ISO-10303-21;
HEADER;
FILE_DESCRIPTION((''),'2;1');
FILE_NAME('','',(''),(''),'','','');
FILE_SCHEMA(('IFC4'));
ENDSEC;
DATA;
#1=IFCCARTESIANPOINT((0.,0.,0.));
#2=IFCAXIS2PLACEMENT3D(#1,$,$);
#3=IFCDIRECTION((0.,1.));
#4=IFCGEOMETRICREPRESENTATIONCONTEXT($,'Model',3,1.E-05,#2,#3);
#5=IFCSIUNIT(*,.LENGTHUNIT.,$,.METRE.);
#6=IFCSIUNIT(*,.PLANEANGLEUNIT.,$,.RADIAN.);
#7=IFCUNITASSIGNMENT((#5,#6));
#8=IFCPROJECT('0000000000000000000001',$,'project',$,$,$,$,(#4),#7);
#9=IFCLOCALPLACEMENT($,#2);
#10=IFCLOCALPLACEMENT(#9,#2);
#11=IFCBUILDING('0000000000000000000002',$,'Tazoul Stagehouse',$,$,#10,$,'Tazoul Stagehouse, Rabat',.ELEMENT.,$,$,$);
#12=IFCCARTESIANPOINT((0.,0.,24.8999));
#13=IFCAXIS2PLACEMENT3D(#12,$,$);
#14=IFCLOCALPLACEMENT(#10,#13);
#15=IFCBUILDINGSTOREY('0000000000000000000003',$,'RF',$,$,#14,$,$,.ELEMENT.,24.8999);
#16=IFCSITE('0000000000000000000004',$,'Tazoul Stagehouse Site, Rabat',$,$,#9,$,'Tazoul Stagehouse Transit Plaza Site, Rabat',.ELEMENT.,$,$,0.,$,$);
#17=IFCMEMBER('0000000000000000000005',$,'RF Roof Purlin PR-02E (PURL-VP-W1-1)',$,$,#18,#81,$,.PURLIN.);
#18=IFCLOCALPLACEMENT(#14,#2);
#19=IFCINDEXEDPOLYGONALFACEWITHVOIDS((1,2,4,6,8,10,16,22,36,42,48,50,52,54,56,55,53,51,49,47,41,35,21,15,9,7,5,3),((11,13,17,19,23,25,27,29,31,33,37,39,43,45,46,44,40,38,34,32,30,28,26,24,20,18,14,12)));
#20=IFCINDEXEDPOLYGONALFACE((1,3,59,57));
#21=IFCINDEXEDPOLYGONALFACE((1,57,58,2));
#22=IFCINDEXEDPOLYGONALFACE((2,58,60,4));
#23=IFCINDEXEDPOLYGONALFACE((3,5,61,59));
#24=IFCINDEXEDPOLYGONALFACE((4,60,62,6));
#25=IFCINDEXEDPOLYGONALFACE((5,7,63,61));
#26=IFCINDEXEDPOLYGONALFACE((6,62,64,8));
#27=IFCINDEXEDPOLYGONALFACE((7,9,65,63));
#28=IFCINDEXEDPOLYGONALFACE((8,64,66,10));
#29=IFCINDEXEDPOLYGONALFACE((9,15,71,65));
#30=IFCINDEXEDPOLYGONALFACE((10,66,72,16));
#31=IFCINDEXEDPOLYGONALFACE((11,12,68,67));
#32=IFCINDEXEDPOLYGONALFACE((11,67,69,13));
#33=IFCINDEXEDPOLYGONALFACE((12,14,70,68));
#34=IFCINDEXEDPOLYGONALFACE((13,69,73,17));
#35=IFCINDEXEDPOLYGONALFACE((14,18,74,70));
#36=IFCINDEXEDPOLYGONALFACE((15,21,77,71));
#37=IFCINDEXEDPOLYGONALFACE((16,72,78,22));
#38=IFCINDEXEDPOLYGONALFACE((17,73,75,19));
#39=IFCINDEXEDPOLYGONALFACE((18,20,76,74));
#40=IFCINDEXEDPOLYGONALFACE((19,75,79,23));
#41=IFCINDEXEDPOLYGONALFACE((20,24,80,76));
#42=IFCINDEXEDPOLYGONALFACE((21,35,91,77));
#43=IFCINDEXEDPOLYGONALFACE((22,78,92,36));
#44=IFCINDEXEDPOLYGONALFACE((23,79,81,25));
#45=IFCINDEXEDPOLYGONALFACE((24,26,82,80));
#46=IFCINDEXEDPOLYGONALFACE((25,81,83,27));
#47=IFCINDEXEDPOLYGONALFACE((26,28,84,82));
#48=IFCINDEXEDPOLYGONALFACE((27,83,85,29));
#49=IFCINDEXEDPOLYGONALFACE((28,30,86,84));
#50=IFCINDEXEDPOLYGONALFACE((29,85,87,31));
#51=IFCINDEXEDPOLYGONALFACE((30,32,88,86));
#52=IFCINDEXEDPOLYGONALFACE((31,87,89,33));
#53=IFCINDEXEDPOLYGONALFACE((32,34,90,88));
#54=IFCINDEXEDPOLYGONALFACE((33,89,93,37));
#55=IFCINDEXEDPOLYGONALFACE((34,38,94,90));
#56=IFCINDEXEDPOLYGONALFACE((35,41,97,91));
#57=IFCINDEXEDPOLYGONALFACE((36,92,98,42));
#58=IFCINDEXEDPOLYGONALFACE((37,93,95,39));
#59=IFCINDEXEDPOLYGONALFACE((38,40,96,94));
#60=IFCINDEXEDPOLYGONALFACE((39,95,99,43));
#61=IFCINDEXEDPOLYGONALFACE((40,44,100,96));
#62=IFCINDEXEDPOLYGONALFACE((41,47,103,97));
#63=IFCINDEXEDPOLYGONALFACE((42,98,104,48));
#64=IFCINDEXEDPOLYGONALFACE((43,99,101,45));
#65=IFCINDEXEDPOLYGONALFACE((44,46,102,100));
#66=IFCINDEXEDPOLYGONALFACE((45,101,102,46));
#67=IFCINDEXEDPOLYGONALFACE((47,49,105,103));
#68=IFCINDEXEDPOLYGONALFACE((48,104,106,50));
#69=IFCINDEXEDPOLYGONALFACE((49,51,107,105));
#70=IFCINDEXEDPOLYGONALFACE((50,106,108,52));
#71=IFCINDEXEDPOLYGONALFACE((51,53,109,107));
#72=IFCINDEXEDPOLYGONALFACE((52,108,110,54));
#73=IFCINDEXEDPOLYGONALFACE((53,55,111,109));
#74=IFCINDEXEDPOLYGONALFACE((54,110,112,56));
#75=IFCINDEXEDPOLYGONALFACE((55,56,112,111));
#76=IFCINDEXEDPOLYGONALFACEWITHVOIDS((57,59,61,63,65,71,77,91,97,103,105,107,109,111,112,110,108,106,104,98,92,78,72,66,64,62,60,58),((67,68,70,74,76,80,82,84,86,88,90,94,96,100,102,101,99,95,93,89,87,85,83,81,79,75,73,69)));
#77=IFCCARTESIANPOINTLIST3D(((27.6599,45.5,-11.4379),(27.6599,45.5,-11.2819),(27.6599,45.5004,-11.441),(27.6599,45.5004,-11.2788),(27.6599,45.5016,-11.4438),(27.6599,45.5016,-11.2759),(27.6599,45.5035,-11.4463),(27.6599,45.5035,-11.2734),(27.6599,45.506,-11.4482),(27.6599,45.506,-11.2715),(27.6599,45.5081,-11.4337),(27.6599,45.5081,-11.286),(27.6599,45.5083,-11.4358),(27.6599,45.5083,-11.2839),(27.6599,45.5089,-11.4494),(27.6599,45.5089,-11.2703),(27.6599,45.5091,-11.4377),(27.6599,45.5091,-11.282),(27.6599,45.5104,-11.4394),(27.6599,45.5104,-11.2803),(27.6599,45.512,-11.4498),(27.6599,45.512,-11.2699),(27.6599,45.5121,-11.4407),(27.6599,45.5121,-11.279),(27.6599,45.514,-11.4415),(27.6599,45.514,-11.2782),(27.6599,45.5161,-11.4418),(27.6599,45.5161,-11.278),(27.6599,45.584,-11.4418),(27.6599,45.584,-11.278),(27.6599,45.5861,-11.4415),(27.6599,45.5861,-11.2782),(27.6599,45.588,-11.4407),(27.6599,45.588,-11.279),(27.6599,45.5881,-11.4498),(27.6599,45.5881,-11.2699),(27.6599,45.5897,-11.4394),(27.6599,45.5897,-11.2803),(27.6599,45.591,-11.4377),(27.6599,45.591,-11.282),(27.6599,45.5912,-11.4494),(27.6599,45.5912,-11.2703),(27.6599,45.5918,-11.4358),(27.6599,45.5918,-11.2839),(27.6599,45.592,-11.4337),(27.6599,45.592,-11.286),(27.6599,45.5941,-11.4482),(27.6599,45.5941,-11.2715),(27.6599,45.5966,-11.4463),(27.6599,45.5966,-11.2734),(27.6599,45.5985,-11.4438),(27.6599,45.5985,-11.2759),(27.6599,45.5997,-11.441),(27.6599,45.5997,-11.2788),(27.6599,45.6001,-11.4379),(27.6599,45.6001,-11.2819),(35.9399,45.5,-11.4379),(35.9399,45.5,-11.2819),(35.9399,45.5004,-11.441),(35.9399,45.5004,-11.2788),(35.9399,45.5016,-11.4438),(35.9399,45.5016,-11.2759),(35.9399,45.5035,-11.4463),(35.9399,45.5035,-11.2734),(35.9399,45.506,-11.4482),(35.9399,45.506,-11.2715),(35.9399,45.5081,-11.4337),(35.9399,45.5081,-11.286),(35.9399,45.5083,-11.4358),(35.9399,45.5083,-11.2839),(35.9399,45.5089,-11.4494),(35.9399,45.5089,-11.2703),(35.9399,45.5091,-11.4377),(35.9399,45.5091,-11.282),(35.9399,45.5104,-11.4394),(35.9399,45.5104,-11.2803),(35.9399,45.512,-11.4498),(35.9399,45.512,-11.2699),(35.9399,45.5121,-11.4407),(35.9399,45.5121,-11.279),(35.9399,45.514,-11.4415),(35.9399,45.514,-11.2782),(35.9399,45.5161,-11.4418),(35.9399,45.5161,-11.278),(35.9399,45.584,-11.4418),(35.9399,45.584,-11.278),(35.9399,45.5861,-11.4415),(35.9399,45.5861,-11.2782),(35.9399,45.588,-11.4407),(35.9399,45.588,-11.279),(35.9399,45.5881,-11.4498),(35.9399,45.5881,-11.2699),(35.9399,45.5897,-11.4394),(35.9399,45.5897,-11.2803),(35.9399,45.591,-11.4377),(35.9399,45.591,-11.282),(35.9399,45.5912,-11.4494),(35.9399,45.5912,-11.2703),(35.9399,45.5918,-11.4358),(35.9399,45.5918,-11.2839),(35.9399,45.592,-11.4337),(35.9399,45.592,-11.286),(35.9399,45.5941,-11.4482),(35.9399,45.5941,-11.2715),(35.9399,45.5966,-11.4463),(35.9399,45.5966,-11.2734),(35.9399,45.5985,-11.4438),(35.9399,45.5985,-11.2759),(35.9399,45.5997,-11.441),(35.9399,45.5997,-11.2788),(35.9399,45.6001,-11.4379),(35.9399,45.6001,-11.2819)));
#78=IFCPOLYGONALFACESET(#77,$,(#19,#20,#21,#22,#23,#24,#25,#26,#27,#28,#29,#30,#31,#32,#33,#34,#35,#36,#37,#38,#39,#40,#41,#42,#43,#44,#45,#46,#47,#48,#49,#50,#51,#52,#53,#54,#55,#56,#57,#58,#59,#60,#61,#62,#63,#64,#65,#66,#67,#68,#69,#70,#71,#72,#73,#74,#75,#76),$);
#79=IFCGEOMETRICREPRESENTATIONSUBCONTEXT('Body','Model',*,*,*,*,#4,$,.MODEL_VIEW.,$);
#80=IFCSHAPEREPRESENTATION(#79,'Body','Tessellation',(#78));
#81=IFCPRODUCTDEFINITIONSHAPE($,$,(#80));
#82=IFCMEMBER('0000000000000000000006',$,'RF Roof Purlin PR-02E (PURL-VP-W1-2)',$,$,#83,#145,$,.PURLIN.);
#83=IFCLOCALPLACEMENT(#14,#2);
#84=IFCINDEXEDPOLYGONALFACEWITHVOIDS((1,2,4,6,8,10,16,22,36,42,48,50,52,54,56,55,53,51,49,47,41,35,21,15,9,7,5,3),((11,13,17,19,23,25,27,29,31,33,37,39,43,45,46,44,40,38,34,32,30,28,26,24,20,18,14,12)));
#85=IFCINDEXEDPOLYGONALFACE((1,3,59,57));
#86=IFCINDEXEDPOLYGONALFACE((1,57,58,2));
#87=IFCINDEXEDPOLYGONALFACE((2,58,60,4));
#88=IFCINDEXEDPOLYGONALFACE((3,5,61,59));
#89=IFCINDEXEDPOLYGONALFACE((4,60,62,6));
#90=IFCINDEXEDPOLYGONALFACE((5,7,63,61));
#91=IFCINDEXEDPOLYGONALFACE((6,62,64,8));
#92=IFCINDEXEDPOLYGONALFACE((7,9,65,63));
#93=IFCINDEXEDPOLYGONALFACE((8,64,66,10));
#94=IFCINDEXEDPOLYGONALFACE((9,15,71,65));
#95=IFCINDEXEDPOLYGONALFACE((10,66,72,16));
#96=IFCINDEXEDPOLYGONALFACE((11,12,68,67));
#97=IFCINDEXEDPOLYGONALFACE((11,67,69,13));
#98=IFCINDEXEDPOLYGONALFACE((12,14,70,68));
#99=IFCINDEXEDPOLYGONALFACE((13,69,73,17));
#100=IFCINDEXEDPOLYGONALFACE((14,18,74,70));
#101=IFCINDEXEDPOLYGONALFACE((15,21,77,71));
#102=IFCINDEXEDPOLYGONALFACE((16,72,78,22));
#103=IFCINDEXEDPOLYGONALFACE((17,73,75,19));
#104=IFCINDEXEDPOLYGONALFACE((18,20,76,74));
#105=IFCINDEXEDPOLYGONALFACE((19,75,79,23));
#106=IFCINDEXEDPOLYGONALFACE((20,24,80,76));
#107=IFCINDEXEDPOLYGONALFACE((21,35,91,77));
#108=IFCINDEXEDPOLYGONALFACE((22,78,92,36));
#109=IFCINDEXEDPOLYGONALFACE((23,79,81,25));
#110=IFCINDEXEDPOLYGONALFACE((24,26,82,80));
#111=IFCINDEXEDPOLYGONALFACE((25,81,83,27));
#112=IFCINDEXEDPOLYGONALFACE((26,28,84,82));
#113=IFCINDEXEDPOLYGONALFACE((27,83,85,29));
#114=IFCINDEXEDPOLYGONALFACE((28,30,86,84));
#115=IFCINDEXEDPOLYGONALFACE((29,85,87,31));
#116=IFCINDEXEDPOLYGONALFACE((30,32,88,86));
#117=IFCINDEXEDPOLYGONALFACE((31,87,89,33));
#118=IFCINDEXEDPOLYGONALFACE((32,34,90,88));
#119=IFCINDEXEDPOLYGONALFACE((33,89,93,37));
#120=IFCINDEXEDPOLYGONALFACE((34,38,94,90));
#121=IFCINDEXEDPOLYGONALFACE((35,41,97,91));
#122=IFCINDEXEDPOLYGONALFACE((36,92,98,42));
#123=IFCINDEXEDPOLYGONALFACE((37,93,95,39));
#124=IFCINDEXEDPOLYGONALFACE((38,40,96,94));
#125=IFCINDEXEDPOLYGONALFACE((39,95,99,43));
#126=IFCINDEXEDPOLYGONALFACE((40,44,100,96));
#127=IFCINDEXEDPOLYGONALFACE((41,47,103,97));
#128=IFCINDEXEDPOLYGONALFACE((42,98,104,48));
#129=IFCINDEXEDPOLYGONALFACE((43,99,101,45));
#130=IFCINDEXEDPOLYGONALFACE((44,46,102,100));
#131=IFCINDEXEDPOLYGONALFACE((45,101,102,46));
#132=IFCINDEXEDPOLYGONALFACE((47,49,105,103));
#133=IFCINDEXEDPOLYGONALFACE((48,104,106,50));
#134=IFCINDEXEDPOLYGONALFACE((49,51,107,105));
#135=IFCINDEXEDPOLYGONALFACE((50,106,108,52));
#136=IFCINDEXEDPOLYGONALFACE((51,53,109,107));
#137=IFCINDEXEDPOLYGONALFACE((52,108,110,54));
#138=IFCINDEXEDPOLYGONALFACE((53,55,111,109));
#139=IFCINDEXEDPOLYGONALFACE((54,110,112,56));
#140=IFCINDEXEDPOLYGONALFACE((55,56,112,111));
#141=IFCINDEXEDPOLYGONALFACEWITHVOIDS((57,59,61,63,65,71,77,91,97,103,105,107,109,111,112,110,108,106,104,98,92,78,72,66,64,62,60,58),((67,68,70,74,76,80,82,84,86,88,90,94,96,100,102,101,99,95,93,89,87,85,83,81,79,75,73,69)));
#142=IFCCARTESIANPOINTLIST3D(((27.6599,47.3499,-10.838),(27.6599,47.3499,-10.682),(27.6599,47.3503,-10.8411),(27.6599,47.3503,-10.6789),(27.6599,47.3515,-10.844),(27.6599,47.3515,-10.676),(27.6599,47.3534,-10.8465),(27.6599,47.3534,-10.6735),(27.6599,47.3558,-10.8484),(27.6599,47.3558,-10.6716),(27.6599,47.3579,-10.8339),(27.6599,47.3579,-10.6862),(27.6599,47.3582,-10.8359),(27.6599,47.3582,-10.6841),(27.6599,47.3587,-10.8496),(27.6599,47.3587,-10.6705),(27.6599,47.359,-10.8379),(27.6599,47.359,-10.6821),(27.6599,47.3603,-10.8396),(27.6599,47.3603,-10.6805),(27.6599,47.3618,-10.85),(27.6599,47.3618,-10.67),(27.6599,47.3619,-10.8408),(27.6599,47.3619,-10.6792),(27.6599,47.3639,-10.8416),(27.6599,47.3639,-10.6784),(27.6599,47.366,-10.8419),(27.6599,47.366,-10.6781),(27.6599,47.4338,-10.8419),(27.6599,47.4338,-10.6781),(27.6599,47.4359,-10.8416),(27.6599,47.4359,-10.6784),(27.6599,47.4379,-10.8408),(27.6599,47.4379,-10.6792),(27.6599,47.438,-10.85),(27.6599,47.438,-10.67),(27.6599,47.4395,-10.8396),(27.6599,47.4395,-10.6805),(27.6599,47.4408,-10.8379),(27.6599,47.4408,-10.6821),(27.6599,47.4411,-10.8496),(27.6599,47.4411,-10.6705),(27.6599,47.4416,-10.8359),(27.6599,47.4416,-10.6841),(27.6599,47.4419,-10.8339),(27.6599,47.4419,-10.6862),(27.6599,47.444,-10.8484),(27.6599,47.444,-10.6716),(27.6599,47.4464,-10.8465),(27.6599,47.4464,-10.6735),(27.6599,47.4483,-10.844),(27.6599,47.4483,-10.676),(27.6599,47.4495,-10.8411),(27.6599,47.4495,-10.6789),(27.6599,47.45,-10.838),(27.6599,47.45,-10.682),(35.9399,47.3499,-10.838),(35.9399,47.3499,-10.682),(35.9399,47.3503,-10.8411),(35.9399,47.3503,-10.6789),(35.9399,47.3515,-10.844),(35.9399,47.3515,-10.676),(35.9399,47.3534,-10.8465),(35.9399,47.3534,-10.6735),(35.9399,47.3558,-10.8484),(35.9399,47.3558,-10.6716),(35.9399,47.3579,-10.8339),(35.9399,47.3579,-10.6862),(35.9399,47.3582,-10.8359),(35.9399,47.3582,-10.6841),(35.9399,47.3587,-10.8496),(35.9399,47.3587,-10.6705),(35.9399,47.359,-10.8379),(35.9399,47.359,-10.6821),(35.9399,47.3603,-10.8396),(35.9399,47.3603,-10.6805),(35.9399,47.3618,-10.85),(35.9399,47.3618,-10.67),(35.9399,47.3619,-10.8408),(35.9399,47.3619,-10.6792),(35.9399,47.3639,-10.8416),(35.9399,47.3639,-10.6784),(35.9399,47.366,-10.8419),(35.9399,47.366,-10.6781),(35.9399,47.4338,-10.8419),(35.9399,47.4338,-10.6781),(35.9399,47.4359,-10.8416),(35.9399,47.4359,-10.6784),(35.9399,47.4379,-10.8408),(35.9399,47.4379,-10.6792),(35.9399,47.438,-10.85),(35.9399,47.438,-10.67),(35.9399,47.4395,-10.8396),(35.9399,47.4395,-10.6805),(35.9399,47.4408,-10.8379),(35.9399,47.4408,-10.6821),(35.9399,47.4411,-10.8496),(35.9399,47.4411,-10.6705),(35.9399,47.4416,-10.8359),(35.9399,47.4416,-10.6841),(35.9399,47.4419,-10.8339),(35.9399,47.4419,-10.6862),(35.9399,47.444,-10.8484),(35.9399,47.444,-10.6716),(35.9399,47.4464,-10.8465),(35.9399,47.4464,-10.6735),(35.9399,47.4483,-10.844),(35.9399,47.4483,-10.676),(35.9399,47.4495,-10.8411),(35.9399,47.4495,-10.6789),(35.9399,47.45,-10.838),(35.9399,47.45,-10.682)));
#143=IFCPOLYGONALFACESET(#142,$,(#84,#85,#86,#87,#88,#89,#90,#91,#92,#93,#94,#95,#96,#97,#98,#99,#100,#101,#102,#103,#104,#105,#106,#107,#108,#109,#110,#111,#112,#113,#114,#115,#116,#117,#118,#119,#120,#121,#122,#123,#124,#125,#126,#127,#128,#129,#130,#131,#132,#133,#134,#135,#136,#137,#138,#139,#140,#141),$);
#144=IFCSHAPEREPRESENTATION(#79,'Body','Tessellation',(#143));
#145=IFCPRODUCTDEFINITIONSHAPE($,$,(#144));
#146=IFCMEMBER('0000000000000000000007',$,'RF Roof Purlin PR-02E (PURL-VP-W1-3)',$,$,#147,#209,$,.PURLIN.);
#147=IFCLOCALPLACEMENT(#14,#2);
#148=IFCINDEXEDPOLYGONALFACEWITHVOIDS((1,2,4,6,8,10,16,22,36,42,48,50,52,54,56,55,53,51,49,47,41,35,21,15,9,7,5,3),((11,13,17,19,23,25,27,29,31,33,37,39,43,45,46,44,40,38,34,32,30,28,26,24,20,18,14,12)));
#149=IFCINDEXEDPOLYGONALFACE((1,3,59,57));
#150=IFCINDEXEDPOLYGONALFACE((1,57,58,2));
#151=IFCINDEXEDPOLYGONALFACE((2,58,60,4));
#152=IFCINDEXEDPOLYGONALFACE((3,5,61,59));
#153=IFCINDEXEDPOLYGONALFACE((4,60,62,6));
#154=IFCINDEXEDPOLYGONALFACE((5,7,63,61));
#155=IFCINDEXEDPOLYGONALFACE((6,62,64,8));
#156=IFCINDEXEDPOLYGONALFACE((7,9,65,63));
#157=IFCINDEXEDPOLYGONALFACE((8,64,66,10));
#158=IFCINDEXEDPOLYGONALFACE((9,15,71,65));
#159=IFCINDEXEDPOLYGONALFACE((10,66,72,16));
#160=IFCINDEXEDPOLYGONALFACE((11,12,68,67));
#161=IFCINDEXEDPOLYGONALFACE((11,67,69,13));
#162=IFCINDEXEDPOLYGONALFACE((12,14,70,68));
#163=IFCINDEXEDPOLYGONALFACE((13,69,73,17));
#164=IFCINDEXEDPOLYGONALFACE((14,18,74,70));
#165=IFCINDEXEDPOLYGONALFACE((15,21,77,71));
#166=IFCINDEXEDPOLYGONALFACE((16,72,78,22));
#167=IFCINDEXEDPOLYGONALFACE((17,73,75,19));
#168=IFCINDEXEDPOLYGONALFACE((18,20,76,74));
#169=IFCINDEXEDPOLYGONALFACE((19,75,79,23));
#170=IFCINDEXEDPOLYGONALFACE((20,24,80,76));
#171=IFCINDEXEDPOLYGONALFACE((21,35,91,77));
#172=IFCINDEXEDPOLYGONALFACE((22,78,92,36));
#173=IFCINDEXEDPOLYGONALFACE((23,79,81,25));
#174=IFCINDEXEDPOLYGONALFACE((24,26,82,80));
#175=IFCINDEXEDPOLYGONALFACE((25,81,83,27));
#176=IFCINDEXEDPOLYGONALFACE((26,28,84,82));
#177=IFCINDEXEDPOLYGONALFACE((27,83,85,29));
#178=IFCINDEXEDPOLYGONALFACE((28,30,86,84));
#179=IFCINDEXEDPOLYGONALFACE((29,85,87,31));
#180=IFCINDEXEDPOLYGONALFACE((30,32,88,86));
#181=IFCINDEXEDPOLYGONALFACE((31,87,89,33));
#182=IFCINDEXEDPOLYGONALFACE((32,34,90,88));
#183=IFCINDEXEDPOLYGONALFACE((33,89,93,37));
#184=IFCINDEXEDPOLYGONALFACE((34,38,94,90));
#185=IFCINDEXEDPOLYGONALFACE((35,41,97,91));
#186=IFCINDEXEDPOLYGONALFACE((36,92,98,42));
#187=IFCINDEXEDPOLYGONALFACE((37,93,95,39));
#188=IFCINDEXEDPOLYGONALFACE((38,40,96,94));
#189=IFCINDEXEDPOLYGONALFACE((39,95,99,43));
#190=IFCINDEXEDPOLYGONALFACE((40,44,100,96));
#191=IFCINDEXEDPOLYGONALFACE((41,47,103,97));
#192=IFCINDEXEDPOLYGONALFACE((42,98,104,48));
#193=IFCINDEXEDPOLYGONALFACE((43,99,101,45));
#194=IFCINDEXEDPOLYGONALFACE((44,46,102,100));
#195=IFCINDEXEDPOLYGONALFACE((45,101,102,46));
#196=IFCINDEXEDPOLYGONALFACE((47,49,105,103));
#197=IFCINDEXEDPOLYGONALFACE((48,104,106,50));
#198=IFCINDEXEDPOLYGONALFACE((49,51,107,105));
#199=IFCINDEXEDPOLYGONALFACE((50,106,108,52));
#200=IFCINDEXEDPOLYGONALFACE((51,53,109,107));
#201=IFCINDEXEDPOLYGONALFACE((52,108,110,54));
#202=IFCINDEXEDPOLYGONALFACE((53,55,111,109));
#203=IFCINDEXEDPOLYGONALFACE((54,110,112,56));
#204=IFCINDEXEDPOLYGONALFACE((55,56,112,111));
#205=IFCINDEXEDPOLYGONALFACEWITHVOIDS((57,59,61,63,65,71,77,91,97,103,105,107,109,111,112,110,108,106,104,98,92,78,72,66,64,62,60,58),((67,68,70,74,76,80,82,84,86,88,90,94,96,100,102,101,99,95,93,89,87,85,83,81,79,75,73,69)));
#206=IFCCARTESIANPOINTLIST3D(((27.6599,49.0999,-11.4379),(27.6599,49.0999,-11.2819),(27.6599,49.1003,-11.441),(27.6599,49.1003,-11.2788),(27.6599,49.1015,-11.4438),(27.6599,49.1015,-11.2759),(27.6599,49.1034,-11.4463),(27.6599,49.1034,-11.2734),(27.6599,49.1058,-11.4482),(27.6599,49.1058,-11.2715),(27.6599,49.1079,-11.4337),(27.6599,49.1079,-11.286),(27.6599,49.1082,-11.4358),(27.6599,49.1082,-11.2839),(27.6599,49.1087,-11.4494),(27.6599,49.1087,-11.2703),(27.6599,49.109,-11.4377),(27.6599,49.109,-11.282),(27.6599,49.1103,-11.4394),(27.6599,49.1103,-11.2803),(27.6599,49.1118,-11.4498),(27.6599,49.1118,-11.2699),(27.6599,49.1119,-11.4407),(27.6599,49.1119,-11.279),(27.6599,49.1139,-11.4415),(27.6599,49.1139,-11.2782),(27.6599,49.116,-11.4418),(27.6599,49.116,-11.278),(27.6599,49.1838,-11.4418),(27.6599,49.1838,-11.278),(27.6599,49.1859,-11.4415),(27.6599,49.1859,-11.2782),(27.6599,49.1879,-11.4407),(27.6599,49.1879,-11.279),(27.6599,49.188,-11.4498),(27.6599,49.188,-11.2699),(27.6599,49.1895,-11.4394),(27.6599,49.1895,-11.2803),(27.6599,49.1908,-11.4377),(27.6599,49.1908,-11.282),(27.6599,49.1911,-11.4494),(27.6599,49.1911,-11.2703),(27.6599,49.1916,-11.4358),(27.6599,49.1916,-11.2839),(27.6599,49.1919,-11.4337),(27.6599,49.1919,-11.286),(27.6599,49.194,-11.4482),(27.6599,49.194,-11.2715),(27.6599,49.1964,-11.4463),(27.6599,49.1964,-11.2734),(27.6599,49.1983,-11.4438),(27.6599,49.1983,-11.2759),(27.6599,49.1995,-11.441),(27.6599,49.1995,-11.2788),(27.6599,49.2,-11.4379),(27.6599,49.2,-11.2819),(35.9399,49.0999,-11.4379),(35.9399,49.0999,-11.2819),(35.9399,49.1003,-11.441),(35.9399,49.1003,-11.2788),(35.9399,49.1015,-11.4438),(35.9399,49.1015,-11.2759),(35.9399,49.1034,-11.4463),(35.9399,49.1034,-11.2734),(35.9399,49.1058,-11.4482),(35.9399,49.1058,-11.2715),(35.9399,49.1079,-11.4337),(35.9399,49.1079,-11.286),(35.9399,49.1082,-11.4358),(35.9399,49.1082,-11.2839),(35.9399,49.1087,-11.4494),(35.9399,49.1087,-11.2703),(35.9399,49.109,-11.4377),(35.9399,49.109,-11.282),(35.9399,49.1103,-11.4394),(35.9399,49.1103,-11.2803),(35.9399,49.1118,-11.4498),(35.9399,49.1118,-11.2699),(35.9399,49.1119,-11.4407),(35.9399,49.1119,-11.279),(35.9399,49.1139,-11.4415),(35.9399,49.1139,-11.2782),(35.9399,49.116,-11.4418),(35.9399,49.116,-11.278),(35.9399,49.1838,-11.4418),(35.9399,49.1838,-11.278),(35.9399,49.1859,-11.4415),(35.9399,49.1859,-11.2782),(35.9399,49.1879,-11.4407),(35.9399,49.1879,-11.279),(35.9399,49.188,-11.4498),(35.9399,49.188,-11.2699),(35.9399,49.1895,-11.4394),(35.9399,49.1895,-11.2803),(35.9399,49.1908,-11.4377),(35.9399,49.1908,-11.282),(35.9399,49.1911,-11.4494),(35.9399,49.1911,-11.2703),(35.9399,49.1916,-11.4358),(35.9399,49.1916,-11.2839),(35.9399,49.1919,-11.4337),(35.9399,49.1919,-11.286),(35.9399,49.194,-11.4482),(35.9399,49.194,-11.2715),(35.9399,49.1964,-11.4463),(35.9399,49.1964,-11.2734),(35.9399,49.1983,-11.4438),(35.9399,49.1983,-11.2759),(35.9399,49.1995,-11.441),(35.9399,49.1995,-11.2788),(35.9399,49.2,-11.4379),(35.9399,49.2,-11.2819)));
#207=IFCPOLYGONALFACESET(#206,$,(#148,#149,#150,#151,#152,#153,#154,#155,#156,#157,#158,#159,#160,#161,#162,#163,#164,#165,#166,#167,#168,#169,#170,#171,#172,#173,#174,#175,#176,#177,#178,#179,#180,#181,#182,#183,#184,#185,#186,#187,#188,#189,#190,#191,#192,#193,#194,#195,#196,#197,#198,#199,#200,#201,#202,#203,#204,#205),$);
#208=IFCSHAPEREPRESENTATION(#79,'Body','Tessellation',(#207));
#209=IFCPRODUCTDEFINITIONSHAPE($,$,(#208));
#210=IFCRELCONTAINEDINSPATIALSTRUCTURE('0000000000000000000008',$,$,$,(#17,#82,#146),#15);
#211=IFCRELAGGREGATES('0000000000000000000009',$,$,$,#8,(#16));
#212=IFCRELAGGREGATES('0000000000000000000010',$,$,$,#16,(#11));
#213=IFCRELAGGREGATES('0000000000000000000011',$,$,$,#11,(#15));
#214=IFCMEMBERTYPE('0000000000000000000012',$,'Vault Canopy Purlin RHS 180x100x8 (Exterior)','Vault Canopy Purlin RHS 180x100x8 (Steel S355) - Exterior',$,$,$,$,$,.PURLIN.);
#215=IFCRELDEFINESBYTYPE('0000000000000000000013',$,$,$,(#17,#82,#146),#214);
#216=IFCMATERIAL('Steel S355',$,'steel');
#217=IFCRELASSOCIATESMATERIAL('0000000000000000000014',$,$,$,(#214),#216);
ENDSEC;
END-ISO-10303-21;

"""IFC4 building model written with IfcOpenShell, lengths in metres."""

from ifc_helpers import new_model, si_unit, direction, frame, origin, origin_2d, place, context, subcontext, project, spatial, hollow_rectangle, extrude, material, material_profile, profile_set, type_object, element, save


model = new_model("IFC4")

# Units and contexts
model_context = context("Model", 3, precision=1e-05, world=origin(), true_north=direction((0.0, 1.0)))
body_context = subcontext(model_context, "Body", "Model", "MODEL_VIEW")
ifc_project = project(units=[si_unit("LENGTHUNIT", "METRE"), si_unit("PLANEANGLEUNIT", "RADIAN")], contexts=[model_context])

# Site, building, storey
site_placement = place(None, origin())
site = spatial("IfcSite", under=ifc_project, at=site_placement, Name="Tazoul Stagehouse Site, Rabat", LongName="Tazoul Stagehouse Transit Plaza Site, Rabat", CompositionType="ELEMENT", RefElevation=0.0)
building_placement = place(site_placement, origin())
building = spatial("IfcBuilding", under=site, at=building_placement, Name="Tazoul Stagehouse", LongName="Tazoul Stagehouse, Rabat", CompositionType="ELEMENT")
storey_placement = place(building_placement, frame((0.0, 0.0, 24.8999)))
storey = spatial("IfcBuildingStorey", under=building, at=storey_placement, Name="RF", CompositionType="ELEMENT", Elevation=24.8999)

# Shared definitions
ifc_material_1 = material(Name="Steel S355", Category="steel")

# Members
ifc_material_profile_1 = material_profile(ifc_material_1, hollow_rectangle(XDim=0.1001, YDim=0.1799, WallThickness=0.0081, InnerFilletRadius=0.0081, OuterFilletRadius=0.012, at=origin_2d()), Name="RHS 180x100x8")
ifc_profile_set_1 = profile_set([ifc_material_profile_1], Name="Steel S355")
member_type_1 = type_object("IfcMemberType", Name="Vault Canopy Purlin RHS 180x100x8 (Exterior)", Description="Vault Canopy Purlin RHS 180x100x8 (Steel S355) - Exterior", PredefinedType="PURLIN", material=ifc_profile_set_1)
for number, where, z_axis, x_axis, name in (
    (1, (27.6599, 45.55, -11.3599), (1.0, 0.0, 0.0), (0.0, 1.0, 0.0), "RF Roof Purlin PR-02E (PURL-VP-W1-1)"),
    (2, (27.6599, 47.3999, -10.76), (1.0, 0.0, 0.0), (0.0, 1.0, 0.0), "RF Roof Purlin PR-02E (PURL-VP-W1-2)"),
    (3, (27.6599, 49.1499, -11.3599), (1.0, 0.0, 0.0), (0.0, 1.0, 0.0), "RF Roof Purlin PR-02E (PURL-VP-W1-3)"),
):
    element("IfcMember", number, at=place(storey_placement, frame(where, z_axis=z_axis, x_axis=x_axis)), inside=storey, type_object=member_type_1, Name=name, PredefinedType="PURLIN", context=body_context, shape_type="SweptSolid", body=[
        extrude(hollow_rectangle(XDim=0.1001, YDim=0.1799, WallThickness=0.0081, InnerFilletRadius=0.0081, OuterFilletRadius=0.012, at=origin_2d()), origin(), (0.0, 0.0, 1.0), 8.28),
    ])

save(model, "model.ifc")
